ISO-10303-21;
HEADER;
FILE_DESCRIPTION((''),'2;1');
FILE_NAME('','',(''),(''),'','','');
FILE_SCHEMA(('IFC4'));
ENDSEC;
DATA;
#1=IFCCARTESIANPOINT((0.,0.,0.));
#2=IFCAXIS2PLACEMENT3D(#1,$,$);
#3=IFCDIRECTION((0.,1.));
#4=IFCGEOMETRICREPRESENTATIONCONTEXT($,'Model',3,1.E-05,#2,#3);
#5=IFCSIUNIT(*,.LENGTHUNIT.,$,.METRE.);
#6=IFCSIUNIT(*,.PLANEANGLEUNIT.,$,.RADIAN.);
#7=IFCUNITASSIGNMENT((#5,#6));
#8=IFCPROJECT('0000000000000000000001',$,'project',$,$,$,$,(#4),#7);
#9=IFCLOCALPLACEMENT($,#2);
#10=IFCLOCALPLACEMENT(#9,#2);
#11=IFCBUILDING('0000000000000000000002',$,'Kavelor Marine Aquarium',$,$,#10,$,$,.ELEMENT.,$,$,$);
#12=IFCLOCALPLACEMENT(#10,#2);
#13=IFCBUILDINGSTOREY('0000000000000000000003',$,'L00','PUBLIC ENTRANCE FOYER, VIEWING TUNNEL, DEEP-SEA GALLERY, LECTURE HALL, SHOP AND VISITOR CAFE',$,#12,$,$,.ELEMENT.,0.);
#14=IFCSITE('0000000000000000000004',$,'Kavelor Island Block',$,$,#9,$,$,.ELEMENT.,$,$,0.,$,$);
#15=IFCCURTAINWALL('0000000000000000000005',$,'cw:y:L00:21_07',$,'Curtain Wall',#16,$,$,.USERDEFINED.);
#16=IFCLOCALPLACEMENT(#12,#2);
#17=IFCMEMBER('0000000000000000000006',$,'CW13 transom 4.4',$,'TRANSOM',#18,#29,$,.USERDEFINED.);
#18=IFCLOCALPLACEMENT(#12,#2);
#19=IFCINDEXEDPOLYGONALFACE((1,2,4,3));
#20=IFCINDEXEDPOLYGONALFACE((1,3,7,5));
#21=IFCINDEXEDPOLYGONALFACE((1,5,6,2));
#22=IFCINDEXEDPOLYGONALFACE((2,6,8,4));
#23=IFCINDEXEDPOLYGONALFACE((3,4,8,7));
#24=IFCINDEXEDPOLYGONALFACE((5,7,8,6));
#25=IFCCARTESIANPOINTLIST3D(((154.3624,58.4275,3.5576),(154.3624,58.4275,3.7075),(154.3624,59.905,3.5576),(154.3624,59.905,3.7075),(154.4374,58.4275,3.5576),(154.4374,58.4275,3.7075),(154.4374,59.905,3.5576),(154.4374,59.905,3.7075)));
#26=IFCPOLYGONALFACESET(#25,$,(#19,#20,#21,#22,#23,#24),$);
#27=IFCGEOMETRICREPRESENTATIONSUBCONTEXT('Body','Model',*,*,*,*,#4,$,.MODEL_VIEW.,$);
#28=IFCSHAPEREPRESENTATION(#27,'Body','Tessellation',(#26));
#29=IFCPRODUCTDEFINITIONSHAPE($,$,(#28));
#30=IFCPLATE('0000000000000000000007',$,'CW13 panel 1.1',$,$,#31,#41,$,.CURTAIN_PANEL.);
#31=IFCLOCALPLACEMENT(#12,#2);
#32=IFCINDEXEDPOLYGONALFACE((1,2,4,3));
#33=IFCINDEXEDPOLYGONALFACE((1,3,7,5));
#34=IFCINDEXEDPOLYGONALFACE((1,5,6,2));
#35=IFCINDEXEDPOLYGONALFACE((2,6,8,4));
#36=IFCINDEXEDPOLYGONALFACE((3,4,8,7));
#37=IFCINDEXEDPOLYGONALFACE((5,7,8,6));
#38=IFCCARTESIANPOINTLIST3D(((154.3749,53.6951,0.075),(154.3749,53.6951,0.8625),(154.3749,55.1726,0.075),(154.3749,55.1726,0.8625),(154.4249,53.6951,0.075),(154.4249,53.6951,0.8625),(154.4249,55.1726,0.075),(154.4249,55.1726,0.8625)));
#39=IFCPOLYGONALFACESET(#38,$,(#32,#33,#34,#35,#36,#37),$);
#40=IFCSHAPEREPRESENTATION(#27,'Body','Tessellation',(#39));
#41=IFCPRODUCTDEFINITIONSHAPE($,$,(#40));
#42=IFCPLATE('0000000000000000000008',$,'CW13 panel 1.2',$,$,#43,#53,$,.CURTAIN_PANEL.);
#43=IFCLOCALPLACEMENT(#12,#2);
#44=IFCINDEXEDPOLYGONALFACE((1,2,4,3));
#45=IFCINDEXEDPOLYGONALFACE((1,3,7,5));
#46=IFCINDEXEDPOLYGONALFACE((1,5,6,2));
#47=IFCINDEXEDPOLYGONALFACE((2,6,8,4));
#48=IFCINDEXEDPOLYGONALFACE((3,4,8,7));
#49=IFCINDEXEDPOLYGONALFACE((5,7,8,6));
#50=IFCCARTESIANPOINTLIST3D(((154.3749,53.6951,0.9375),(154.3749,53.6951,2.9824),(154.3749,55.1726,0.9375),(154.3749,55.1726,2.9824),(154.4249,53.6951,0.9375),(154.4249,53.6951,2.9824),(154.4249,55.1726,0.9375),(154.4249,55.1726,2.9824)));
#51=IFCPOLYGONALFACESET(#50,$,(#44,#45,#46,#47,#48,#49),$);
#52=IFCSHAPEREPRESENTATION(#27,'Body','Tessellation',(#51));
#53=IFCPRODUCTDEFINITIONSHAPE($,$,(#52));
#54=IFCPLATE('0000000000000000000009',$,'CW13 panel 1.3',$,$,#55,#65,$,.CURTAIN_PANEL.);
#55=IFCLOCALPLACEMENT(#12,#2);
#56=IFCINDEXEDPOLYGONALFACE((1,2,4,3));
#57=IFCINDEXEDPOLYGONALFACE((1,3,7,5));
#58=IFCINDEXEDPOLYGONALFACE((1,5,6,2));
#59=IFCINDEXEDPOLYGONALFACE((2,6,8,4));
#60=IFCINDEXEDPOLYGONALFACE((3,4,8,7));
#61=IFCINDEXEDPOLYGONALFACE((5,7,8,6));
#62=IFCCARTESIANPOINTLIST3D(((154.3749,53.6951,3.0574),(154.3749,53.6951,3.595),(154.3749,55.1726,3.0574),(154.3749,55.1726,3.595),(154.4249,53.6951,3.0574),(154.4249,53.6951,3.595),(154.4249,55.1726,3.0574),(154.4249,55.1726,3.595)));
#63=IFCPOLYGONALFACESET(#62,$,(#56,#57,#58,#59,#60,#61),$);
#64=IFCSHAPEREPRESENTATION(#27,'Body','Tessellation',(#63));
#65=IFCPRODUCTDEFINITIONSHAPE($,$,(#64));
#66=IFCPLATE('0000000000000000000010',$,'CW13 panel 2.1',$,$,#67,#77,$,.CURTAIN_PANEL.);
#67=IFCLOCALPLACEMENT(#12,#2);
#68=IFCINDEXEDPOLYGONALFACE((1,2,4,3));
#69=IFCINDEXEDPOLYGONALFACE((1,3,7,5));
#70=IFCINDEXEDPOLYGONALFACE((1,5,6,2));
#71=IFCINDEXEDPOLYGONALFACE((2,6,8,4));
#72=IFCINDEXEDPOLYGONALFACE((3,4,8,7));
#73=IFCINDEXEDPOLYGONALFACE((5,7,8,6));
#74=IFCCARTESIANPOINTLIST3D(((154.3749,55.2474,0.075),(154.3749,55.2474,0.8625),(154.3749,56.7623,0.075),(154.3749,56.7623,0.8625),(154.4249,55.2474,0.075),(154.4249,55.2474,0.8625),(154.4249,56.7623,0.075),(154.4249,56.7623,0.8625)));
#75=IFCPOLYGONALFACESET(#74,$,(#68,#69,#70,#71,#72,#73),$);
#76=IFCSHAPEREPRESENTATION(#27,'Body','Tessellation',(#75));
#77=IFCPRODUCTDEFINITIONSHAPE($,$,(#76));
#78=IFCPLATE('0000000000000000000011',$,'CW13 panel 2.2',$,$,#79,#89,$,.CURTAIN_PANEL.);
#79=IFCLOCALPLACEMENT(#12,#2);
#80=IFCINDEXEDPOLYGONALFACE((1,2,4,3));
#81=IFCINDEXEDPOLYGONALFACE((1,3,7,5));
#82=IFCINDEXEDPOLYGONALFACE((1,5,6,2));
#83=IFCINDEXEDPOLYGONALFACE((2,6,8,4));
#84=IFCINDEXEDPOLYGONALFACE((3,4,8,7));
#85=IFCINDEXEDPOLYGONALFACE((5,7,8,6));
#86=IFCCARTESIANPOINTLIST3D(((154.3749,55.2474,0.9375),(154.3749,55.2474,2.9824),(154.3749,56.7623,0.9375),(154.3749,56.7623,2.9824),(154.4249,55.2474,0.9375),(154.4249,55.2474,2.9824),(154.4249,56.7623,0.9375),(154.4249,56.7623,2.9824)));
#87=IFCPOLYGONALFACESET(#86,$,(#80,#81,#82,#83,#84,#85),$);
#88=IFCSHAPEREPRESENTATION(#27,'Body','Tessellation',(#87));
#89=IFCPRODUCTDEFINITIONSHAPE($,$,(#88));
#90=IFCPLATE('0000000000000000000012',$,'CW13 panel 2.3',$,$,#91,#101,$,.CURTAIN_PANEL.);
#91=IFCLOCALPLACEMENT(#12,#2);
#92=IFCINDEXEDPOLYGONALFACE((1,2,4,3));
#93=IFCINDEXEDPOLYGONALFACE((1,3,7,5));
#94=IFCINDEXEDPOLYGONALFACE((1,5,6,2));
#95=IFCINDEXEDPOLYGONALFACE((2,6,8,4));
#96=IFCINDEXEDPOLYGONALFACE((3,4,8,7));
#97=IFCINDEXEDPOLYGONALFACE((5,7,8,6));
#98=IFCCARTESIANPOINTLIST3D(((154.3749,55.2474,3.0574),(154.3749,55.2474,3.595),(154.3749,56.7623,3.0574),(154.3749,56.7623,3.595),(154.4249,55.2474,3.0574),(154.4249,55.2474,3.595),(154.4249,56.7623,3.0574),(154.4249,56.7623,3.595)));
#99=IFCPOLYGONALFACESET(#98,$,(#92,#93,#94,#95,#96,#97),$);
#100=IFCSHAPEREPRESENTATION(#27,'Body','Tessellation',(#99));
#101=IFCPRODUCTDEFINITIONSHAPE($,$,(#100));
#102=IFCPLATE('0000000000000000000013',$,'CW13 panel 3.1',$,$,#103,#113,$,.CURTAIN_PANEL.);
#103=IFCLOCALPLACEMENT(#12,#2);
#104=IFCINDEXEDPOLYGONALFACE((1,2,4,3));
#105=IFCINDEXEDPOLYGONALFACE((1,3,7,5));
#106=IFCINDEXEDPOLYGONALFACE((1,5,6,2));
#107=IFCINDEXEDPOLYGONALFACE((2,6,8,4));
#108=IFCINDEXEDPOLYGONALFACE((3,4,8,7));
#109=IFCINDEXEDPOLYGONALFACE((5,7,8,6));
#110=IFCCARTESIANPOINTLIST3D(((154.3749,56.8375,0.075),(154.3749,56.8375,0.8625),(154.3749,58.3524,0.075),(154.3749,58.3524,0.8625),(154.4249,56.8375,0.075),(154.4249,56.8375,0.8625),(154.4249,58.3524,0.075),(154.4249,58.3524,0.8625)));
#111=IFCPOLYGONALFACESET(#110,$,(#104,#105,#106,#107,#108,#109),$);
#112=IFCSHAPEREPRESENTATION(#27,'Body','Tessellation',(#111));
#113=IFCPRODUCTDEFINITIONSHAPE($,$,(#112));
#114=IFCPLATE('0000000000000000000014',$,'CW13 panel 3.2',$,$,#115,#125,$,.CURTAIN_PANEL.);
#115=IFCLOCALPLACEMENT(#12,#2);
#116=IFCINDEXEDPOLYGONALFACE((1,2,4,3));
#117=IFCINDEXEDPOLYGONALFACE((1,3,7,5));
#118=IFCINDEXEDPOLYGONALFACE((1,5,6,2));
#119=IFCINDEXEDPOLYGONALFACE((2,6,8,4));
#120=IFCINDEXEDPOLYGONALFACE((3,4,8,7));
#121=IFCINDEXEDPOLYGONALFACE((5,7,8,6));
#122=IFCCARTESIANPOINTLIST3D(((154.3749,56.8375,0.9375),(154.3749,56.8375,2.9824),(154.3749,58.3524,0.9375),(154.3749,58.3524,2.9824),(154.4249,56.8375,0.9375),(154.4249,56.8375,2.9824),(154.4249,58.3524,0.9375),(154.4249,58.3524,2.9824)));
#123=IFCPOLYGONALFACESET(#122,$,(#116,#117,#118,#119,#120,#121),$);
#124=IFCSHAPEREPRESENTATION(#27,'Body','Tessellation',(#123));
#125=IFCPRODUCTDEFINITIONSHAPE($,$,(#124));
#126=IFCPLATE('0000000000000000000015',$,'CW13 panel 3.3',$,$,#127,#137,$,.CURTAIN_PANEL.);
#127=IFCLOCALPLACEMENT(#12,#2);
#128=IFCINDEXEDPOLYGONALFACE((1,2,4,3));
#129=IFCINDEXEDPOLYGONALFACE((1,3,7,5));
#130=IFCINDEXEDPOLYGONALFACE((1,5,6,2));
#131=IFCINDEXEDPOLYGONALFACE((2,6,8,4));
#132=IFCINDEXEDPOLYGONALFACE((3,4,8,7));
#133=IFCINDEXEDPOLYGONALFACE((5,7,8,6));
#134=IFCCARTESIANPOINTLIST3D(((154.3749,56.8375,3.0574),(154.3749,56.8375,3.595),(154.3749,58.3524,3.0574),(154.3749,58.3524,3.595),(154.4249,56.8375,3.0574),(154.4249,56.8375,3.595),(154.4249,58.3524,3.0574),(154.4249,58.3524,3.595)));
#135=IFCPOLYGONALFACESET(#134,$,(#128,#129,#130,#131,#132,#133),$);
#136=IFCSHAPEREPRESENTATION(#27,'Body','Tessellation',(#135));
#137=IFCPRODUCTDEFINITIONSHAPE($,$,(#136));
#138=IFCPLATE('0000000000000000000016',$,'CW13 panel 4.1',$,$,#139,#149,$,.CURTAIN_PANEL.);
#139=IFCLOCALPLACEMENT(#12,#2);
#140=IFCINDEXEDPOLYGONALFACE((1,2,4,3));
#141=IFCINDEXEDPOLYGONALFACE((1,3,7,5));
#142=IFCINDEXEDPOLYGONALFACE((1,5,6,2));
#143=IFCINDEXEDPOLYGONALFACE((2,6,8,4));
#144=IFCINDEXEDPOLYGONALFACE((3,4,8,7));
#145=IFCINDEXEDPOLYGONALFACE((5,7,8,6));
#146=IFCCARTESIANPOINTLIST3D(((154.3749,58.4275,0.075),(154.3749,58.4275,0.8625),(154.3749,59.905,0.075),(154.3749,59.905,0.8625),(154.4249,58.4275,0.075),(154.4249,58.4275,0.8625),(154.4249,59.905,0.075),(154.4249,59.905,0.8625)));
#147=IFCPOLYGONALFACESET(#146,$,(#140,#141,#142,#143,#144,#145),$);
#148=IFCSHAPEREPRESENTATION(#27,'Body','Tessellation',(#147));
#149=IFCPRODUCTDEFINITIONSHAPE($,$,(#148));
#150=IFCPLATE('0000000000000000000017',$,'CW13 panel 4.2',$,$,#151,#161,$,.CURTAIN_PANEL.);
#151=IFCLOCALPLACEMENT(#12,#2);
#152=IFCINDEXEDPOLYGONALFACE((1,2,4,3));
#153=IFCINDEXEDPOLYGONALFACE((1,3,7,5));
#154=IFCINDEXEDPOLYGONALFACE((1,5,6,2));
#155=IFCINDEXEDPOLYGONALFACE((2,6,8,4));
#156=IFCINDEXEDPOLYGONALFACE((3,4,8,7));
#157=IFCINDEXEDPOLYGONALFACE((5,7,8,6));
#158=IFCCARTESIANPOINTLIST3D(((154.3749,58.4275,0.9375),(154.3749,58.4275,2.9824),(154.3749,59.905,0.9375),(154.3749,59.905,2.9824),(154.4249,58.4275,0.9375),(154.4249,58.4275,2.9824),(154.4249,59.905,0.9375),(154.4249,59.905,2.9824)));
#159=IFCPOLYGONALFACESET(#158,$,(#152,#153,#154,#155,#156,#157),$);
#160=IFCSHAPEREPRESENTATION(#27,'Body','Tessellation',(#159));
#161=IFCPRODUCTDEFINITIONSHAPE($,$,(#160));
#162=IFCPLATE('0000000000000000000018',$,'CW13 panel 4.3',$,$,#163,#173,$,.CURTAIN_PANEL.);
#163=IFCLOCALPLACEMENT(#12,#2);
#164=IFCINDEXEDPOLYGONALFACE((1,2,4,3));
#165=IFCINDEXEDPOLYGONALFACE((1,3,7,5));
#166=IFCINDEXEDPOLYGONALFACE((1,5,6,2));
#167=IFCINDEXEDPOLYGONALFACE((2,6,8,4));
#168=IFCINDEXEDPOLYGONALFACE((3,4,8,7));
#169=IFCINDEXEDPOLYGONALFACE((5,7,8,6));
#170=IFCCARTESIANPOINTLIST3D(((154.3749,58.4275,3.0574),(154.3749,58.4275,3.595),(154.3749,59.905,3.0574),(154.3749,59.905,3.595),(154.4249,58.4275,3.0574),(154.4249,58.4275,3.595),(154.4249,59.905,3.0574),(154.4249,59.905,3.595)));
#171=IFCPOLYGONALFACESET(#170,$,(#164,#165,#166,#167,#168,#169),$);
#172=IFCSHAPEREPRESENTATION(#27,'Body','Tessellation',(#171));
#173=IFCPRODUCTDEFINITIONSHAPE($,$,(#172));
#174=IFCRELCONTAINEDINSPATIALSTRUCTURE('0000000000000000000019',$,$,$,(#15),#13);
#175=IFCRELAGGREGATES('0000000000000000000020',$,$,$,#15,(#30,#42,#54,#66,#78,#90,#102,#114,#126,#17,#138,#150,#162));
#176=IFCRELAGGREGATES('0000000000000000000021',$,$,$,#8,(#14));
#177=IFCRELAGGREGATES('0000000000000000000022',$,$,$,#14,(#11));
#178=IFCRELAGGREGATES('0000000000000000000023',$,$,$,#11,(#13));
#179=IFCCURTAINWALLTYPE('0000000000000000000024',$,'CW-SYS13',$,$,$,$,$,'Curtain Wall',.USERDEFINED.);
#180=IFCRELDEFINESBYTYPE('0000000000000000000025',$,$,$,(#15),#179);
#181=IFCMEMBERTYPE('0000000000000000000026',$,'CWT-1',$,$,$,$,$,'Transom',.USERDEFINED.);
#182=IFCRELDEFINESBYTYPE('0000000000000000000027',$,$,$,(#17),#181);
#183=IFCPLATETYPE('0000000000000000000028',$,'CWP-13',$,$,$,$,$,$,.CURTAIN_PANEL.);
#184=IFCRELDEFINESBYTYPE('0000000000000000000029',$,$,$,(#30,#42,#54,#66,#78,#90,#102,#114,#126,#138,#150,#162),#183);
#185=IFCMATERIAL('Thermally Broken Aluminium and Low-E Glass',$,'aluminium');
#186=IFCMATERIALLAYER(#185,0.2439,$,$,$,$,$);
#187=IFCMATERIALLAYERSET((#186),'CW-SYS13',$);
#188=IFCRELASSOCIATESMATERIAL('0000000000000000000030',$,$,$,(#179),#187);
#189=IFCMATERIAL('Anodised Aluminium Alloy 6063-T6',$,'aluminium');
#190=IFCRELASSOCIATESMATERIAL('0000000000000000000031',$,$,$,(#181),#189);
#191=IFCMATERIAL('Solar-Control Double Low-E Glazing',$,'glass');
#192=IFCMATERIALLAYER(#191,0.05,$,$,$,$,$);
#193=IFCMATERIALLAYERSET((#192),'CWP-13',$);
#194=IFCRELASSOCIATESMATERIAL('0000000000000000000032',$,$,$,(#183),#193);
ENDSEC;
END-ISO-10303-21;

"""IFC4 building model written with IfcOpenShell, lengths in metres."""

from ifc_helpers import new_model, si_unit, direction, frame, origin, origin_2d, place, context, subcontext, project, spatial, rectangle, extrude, material, layer, layer_set, material_profile, profile_set, type_object, element, aggregate, save


model = new_model("IFC4")

# Units and contexts
model_context = context("Model", 3, precision=1e-05, world=origin(), true_north=direction((0.0, 1.0)))
body_context = subcontext(model_context, "Body", "Model", "MODEL_VIEW")
ifc_project = project(units=[si_unit("LENGTHUNIT", "METRE"), si_unit("PLANEANGLEUNIT", "RADIAN")], contexts=[model_context])

# Site, building, storey
site_placement = place(None, origin())
site = spatial("IfcSite", under=ifc_project, at=site_placement, Name="Kavelor Island Block", CompositionType="ELEMENT", RefElevation=0.0)
building_placement = place(site_placement, origin())
building = spatial("IfcBuilding", under=site, at=building_placement, Name="Kavelor Marine Aquarium", CompositionType="ELEMENT")
storey_placement = place(building_placement, origin())
storey = spatial("IfcBuildingStorey", under=building, at=storey_placement, Name="L00", Description="PUBLIC ENTRANCE FOYER, VIEWING TUNNEL, DEEP-SEA GALLERY, LECTURE HALL, SHOP AND VISITOR CAFE", CompositionType="ELEMENT", Elevation=0.0)

# Curtain wall, member, plates
ifc_material_1 = material(Name="Thermally Broken Aluminium and Low-E Glass", Category="aluminium")
ifc_layer_1 = layer(ifc_material_1, 0.2439)
ifc_layer_set_1 = layer_set([ifc_layer_1], Name="CW-SYS13")
curtain_wall_type = type_object("IfcCurtainWallType", Name="CW-SYS13", ElementType="Curtain Wall", PredefinedType="USERDEFINED", material=ifc_layer_set_1)
curtain_wall_placement = place(storey_placement, origin())
curtain_wall = element("IfcCurtainWall", 1, at=curtain_wall_placement, inside=storey, type_object=curtain_wall_type, Name="cw:y:L00:21_07", ObjectType="Curtain Wall", PredefinedType="USERDEFINED")
ifc_material_2 = material(Name="Anodised Aluminium Alloy 6063-T6", Category="aluminium")
ifc_material_profile_1 = material_profile(ifc_material_2, rectangle(XDim=0.075, YDim=0.1499, at=origin_2d()), Name="CW-TRN 75x150")
ifc_profile_set_1 = profile_set([ifc_material_profile_1], Name="Anodised Aluminium Alloy 6063-T6")
member_type_1 = type_object("IfcMemberType", Name="CWT-1", ElementType="Transom", PredefinedType="USERDEFINED", material=ifc_profile_set_1)
member_1_placement = place(storey_placement, frame((154.3999, 58.4275, 3.6326), z_axis=(0.0, 1.0, 0.0), x_axis=(-1.0, 0.0, 0.0)))
member_1 = element("IfcMember", 2, at=member_1_placement, type_object=member_type_1, Name="CW13 transom 4.4", ObjectType="TRANSOM", PredefinedType="USERDEFINED", context=body_context, shape_type="SweptSolid", body=[
    extrude(rectangle(XDim=0.075, YDim=0.1499, at=origin_2d()), origin(), (0.0, 0.0, 1.0), 1.4775),
])
ifc_material_3 = material(Name="Solar-Control Double Low-E Glazing", Category="glass")
ifc_layer_2 = layer(ifc_material_3, 0.05)
ifc_layer_set_2 = layer_set([ifc_layer_2], Name="CWP-13")
plate_type = type_object("IfcPlateType", Name="CWP-13", PredefinedType="CURTAIN_PANEL", material=ifc_layer_set_2)
plate_1_placement = place(storey_placement, frame((154.3999, 54.4338, 0.075), z_axis=(0.0, 0.0, 1.0), x_axis=(0.0, 1.0, 0.0)))
plate_1 = element("IfcPlate", 3, at=plate_1_placement, type_object=plate_type, Name="CW13 panel 1.1", PredefinedType="CURTAIN_PANEL", context=body_context, shape_type="SweptSolid", body=[
    extrude(rectangle(XDim=1.4775, YDim=0.05, at=origin_2d()), origin(), (0.0, 0.0, 1.0), 0.7876),
])
plate_2_placement = place(storey_placement, frame((154.3999, 54.4338, 0.9375), z_axis=(0.0, 0.0, 1.0), x_axis=(0.0, 1.0, 0.0)))
plate_2 = element("IfcPlate", 4, at=plate_2_placement, type_object=plate_type, Name="CW13 panel 1.2", PredefinedType="CURTAIN_PANEL", context=body_context, shape_type="SweptSolid", body=[
    extrude(rectangle(XDim=1.4775, YDim=0.05, at=origin_2d()), origin(), (0.0, 0.0, 1.0), 2.0449),
])
plate_3_placement = place(storey_placement, frame((154.3999, 54.4338, 3.0574), z_axis=(0.0, 0.0, 1.0), x_axis=(0.0, 1.0, 0.0)))
plate_3 = element("IfcPlate", 5, at=plate_3_placement, type_object=plate_type, Name="CW13 panel 1.3", PredefinedType="CURTAIN_PANEL", context=body_context, shape_type="SweptSolid", body=[
    extrude(rectangle(XDim=1.4775, YDim=0.05, at=origin_2d()), origin(), (0.0, 0.0, 1.0), 0.5376),
])
plate_4_placement = place(storey_placement, frame((154.3999, 56.0049, 0.075), z_axis=(0.0, 0.0, 1.0), x_axis=(0.0, 1.0, 0.0)))
plate_4 = element("IfcPlate", 6, at=plate_4_placement, type_object=plate_type, Name="CW13 panel 2.1", PredefinedType="CURTAIN_PANEL", context=body_context, shape_type="SweptSolid", body=[
    extrude(rectangle(XDim=1.5149, YDim=0.05, at=origin_2d()), origin(), (0.0, 0.0, 1.0), 0.7876),
])
plate_5_placement = place(storey_placement, frame((154.3999, 56.0049, 0.9375), z_axis=(0.0, 0.0, 1.0), x_axis=(0.0, 1.0, 0.0)))
plate_5 = element("IfcPlate", 7, at=plate_5_placement, type_object=plate_type, Name="CW13 panel 2.2", PredefinedType="CURTAIN_PANEL", context=body_context, shape_type="SweptSolid", body=[
    extrude(rectangle(XDim=1.5149, YDim=0.05, at=origin_2d()), origin(), (0.0, 0.0, 1.0), 2.0449),
])
plate_6_placement = place(storey_placement, frame((154.3999, 56.0049, 3.0574), z_axis=(0.0, 0.0, 1.0), x_axis=(0.0, 1.0, 0.0)))
plate_6 = element("IfcPlate", 8, at=plate_6_placement, type_object=plate_type, Name="CW13 panel 2.3", PredefinedType="CURTAIN_PANEL", context=body_context, shape_type="SweptSolid", body=[
    extrude(rectangle(XDim=1.5149, YDim=0.05, at=origin_2d()), origin(), (0.0, 0.0, 1.0), 0.5376),
])
plate_7_placement = place(storey_placement, frame((154.3999, 57.595, 0.075), z_axis=(0.0, 0.0, 1.0), x_axis=(0.0, 1.0, 0.0)))
plate_7 = element("IfcPlate", 9, at=plate_7_placement, type_object=plate_type, Name="CW13 panel 3.1", PredefinedType="CURTAIN_PANEL", context=body_context, shape_type="SweptSolid", body=[
    extrude(rectangle(XDim=1.5149, YDim=0.05, at=origin_2d()), origin(), (0.0, 0.0, 1.0), 0.7876),
])
plate_8_placement = place(storey_placement, frame((154.3999, 57.595, 0.9375), z_axis=(0.0, 0.0, 1.0), x_axis=(0.0, 1.0, 0.0)))
plate_8 = element("IfcPlate", 10, at=plate_8_placement, type_object=plate_type, Name="CW13 panel 3.2", PredefinedType="CURTAIN_PANEL", context=body_context, shape_type="SweptSolid", body=[
    extrude(rectangle(XDim=1.5149, YDim=0.05, at=origin_2d()), origin(), (0.0, 0.0, 1.0), 2.0449),
])
plate_9_placement = place(storey_placement, frame((154.3999, 57.595, 3.0574), z_axis=(0.0, 0.0, 1.0), x_axis=(0.0, 1.0, 0.0)))
plate_9 = element("IfcPlate", 11, at=plate_9_placement, type_object=plate_type, Name="CW13 panel 3.3", PredefinedType="CURTAIN_PANEL", context=body_context, shape_type="SweptSolid", body=[
    extrude(rectangle(XDim=1.5149, YDim=0.05, at=origin_2d()), origin(), (0.0, 0.0, 1.0), 0.5376),
])
plate_10_placement = place(storey_placement, frame((154.3999, 59.1663, 0.075), z_axis=(0.0, 0.0, 1.0), x_axis=(0.0, 1.0, 0.0)))
plate_10 = element("IfcPlate", 12, at=plate_10_placement, type_object=plate_type, Name="CW13 panel 4.1", PredefinedType="CURTAIN_PANEL", context=body_context, shape_type="SweptSolid", body=[
    extrude(rectangle(XDim=1.4775, YDim=0.05, at=origin_2d()), origin(), (0.0, 0.0, 1.0), 0.7876),
])
plate_11_placement = place(storey_placement, frame((154.3999, 59.1663, 0.9375), z_axis=(0.0, 0.0, 1.0), x_axis=(0.0, 1.0, 0.0)))
plate_11 = element("IfcPlate", 13, at=plate_11_placement, type_object=plate_type, Name="CW13 panel 4.2", PredefinedType="CURTAIN_PANEL", context=body_context, shape_type="SweptSolid", body=[
    extrude(rectangle(XDim=1.4775, YDim=0.05, at=origin_2d()), origin(), (0.0, 0.0, 1.0), 2.0449),
])
plate_12_placement = place(storey_placement, frame((154.3999, 59.1663, 3.0574), z_axis=(0.0, 0.0, 1.0), x_axis=(0.0, 1.0, 0.0)))
plate_12 = element("IfcPlate", 14, at=plate_12_placement, type_object=plate_type, Name="CW13 panel 4.3", PredefinedType="CURTAIN_PANEL", context=body_context, shape_type="SweptSolid", body=[
    extrude(rectangle(XDim=1.4775, YDim=0.05, at=origin_2d()), origin(), (0.0, 0.0, 1.0), 0.5376),
])
aggregate(curtain_wall, [plate_1, plate_2, plate_3, plate_4, plate_5, plate_6, plate_7, plate_8, plate_9, member_1, plate_10, plate_11, plate_12])

save(model, "model.ifc")
